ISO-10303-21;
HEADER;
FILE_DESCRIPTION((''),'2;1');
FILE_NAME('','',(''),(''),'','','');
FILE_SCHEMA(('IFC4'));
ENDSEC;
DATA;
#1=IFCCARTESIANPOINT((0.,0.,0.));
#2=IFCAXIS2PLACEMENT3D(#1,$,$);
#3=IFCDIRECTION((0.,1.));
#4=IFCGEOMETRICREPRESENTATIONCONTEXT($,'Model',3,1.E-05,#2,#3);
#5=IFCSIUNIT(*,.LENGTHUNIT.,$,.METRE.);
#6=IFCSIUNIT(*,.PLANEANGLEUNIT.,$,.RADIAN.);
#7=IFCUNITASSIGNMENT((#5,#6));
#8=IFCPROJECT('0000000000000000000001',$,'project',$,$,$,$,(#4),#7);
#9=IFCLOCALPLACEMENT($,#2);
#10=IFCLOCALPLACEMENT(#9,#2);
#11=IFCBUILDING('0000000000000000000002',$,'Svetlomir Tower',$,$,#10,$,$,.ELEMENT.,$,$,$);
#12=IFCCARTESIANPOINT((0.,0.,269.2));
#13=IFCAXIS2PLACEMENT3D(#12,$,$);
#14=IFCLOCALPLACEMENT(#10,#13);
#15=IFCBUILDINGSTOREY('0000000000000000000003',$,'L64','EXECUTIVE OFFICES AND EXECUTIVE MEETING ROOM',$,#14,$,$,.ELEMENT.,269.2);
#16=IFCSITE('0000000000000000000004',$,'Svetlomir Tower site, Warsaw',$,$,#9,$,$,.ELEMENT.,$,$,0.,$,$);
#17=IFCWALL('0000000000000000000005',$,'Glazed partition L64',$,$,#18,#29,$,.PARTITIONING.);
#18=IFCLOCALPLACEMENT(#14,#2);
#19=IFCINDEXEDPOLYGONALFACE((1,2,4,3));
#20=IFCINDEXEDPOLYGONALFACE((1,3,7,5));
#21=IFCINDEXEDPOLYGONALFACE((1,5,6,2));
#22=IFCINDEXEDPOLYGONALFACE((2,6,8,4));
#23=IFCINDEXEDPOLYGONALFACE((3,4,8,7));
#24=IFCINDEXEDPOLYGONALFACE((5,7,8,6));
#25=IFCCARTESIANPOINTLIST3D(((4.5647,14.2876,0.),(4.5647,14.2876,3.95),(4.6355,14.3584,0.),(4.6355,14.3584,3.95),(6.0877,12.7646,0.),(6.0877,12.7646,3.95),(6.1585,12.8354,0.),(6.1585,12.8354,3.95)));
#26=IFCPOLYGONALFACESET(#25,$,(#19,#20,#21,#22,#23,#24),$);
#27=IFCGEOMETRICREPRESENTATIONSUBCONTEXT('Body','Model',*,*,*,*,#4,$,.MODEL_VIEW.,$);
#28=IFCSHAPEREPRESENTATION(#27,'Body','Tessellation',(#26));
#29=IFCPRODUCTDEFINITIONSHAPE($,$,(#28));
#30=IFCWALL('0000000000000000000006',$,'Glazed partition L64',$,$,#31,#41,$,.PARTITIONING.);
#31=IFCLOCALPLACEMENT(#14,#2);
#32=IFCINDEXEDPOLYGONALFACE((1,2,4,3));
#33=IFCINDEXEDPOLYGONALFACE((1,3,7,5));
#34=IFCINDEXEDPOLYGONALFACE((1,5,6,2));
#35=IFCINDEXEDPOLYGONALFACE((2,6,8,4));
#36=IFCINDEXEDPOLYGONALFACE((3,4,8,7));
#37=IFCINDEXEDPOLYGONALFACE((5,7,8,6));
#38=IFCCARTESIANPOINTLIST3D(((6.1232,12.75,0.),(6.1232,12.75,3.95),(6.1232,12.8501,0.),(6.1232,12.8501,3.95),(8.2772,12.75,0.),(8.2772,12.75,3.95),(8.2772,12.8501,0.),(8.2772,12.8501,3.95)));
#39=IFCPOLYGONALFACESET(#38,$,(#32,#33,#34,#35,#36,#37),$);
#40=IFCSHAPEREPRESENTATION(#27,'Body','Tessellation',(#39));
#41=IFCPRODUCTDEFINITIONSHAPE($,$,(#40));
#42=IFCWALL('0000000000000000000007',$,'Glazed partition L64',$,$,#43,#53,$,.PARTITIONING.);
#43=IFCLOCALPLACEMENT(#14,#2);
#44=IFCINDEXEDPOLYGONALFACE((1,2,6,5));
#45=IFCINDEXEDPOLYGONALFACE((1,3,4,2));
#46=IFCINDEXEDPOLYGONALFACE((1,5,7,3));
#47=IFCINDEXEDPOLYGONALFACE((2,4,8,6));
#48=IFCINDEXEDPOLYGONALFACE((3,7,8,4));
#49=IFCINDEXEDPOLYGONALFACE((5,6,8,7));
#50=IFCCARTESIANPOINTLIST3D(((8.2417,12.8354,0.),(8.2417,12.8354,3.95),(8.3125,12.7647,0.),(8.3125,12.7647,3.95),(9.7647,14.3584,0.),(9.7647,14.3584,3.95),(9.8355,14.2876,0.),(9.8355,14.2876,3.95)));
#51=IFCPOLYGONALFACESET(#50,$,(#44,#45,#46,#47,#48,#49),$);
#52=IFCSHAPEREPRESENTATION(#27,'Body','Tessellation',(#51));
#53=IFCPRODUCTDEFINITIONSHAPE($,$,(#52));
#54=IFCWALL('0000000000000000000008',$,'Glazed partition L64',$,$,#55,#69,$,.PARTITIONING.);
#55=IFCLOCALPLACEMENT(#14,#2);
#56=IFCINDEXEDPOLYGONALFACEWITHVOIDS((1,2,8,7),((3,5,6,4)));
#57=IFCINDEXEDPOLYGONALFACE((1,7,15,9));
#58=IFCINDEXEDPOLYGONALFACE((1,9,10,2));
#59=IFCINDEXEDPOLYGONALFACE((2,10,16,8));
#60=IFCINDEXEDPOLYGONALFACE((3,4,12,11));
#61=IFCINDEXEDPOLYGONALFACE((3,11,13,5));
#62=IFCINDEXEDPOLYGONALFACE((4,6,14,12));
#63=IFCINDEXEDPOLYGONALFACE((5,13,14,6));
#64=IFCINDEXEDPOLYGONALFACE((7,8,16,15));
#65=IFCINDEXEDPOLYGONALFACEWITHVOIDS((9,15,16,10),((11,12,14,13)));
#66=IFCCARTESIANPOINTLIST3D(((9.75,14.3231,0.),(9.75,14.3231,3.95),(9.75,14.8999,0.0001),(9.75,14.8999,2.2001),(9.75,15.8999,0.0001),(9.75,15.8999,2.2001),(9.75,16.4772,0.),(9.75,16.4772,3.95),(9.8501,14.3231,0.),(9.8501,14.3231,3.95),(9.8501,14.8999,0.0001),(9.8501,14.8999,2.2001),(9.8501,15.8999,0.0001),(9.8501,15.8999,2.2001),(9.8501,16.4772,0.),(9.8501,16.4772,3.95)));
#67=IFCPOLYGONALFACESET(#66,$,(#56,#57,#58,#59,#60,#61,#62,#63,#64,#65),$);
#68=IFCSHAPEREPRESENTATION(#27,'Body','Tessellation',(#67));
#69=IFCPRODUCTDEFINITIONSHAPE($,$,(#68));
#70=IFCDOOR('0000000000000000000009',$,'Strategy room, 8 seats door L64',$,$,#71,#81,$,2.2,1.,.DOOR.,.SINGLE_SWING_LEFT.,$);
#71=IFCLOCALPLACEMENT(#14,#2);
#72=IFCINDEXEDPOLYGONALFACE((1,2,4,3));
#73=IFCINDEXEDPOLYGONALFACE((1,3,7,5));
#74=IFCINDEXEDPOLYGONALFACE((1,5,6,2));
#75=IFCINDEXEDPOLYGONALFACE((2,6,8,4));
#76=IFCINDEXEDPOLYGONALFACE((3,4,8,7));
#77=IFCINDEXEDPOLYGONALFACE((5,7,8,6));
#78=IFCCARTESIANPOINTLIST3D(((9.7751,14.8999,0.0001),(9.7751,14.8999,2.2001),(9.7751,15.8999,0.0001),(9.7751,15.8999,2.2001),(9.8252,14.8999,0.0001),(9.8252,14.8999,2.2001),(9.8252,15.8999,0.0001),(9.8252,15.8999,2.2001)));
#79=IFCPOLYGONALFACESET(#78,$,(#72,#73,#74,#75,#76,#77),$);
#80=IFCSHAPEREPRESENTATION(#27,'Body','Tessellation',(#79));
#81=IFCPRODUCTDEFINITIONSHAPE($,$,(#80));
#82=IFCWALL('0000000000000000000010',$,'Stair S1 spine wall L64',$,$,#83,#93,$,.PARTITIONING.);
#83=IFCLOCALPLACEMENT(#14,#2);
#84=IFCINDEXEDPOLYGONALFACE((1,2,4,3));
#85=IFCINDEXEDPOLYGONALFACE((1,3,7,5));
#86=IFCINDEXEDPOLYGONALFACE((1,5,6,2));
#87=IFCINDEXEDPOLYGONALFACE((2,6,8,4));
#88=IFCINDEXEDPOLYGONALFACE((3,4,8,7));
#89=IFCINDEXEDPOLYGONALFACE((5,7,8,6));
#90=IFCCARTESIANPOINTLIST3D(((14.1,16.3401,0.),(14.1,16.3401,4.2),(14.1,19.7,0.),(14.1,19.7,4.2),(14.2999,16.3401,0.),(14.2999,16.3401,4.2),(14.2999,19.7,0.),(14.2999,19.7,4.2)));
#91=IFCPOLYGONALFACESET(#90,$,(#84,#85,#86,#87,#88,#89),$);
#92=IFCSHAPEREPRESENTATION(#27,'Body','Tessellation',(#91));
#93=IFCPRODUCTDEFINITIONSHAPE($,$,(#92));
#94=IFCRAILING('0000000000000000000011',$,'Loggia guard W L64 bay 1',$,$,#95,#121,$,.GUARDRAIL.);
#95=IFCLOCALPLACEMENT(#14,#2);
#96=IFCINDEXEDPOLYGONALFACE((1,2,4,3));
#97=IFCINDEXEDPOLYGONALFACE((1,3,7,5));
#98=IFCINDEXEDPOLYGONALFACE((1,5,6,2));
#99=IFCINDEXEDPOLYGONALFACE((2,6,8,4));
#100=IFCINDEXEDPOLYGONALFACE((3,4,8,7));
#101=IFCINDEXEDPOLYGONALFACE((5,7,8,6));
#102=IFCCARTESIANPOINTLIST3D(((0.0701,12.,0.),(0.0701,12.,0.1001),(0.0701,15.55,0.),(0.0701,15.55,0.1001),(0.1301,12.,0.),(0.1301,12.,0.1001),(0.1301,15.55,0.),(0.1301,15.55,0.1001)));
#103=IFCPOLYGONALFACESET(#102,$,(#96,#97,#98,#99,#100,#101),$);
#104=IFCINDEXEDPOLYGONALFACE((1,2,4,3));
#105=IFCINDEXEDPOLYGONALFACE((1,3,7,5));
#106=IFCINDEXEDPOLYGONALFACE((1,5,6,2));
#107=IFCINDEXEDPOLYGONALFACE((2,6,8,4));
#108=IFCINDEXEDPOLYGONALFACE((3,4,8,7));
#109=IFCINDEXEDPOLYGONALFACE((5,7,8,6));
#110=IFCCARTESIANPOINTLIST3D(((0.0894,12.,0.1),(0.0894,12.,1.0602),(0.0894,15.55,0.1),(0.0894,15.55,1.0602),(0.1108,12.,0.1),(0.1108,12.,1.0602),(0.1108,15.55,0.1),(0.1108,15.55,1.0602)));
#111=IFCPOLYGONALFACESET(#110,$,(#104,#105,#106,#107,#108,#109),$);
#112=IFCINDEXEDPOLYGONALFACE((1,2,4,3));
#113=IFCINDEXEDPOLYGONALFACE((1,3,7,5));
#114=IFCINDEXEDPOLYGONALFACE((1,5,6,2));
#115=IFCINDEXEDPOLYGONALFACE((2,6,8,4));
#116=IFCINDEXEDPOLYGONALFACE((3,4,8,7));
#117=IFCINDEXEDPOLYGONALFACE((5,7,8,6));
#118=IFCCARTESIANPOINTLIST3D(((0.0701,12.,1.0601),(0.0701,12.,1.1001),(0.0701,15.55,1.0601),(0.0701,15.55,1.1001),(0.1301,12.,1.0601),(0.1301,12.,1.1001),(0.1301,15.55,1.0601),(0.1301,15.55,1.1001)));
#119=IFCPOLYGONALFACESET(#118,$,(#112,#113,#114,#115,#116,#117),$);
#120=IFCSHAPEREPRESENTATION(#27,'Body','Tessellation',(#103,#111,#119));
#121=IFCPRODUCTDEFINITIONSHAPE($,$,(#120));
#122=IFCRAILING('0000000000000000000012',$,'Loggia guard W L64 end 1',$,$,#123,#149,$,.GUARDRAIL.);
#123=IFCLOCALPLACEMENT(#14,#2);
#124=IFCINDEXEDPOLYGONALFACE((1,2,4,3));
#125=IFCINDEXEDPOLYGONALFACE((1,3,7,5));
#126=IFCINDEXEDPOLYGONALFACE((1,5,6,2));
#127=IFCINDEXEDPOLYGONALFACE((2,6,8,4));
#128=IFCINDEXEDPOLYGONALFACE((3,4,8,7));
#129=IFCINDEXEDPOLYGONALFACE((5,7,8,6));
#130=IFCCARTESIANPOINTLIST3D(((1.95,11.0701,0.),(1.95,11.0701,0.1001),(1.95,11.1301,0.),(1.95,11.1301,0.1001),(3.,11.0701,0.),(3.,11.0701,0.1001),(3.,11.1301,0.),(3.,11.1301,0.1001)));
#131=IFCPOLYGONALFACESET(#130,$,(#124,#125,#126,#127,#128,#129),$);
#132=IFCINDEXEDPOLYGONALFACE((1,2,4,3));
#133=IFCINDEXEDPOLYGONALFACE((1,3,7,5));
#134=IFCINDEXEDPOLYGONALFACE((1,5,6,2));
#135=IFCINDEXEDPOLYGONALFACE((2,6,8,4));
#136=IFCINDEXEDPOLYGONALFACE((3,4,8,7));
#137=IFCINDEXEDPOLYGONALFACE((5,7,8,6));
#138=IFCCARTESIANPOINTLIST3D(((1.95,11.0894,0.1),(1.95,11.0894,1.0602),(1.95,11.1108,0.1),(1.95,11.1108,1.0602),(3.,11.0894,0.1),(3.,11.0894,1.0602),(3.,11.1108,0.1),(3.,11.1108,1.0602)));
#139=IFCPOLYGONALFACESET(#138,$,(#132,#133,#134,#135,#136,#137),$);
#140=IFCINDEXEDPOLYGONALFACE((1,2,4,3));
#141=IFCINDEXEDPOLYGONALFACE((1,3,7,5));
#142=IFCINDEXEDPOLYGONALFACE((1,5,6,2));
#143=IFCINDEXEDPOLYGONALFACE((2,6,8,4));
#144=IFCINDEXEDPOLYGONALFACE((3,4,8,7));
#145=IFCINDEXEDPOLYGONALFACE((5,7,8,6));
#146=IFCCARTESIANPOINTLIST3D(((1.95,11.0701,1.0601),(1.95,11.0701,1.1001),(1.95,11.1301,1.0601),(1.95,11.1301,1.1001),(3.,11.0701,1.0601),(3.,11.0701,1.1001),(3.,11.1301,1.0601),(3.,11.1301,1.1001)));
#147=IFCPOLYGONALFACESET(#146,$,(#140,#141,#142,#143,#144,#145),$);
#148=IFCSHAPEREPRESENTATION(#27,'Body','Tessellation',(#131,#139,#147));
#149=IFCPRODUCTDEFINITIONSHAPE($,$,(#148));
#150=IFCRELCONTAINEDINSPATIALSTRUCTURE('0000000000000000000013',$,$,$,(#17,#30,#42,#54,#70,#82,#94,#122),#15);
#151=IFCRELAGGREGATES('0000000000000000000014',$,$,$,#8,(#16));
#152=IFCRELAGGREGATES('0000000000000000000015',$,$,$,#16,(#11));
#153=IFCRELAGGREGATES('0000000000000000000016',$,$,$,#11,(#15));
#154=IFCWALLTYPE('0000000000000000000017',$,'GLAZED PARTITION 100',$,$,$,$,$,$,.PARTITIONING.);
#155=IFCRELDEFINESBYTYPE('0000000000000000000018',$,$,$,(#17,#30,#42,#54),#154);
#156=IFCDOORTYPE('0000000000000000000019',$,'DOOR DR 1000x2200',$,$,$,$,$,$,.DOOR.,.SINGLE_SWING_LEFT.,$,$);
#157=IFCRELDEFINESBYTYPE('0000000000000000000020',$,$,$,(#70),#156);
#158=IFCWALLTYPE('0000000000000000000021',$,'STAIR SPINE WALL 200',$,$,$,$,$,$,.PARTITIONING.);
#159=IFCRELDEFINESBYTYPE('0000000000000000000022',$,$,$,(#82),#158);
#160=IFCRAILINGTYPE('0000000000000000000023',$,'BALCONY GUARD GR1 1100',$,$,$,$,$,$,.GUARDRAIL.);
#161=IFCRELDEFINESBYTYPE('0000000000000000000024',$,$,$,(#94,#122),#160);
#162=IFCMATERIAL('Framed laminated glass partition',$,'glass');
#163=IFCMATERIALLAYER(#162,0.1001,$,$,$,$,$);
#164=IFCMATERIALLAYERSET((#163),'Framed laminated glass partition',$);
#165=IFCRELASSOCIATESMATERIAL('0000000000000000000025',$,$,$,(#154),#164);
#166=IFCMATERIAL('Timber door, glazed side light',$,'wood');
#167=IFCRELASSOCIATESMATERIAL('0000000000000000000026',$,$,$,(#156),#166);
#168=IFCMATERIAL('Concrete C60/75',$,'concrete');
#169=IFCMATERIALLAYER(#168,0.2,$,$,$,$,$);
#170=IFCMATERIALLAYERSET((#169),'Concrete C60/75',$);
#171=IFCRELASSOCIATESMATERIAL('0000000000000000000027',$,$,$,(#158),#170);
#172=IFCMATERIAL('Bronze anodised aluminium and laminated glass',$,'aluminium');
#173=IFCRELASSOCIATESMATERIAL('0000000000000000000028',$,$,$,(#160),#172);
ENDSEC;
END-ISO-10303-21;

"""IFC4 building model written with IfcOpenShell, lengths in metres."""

from ifc_helpers import new_model, si_unit, direction, frame, frame_2d, origin, origin_2d, place, context, subcontext, project, spatial, rectangle, extrude, material, layer, layer_set, type_object, element, fill, save


model = new_model("IFC4")

# Units and contexts
model_context = context("Model", 3, precision=1e-05, world=origin(), true_north=direction((0.0, 1.0)))
body_context = subcontext(model_context, "Body", "Model", "MODEL_VIEW")
ifc_project = project(units=[si_unit("LENGTHUNIT", "METRE"), si_unit("PLANEANGLEUNIT", "RADIAN")], contexts=[model_context])

# Site, building, storey
site_placement = place(None, origin())
site = spatial("IfcSite", under=ifc_project, at=site_placement, Name="Svetlomir Tower site, Warsaw", CompositionType="ELEMENT", RefElevation=0.0)
building_placement = place(site_placement, origin())
building = spatial("IfcBuilding", under=site, at=building_placement, Name="Svetlomir Tower", CompositionType="ELEMENT")
storey_placement = place(building_placement, frame((0.0, 0.0, 269.2)))
storey = spatial("IfcBuildingStorey", under=building, at=storey_placement, Name="L64", Description="EXECUTIVE OFFICES AND EXECUTIVE MEETING ROOM", CompositionType="ELEMENT", Elevation=269.2)

# Walls
ifc_material_1 = material(Name="Framed laminated glass partition", Category="glass")
ifc_layer_1 = layer(ifc_material_1, 0.1001)
ifc_layer_set_1 = layer_set([ifc_layer_1], Name="Framed laminated glass partition")
wall_type_1 = type_object("IfcWallType", Name="GLAZED PARTITION 100", PredefinedType="PARTITIONING", material=ifc_layer_set_1)
wall_1_placement = place(storey_placement, frame((4.6001, 14.323, 0.0), z_axis=(0.0, 0.0, 1.0), x_axis=(0.707107, -0.707107, 0.0)))
element("IfcWall", 1, at=wall_1_placement, inside=storey, type_object=wall_type_1, Name="Glazed partition L64", PredefinedType="PARTITIONING", context=body_context, shape_type="SweptSolid", body=[
    extrude(rectangle(XDim=2.1538, YDim=0.1001, at=frame_2d((1.0769, 0.0))), origin(), (0.0, 0.0, 1.0), 3.95),
])
wall_2_placement = place(storey_placement, frame((6.123, 12.8, 0.0), z_axis=(0.0, 0.0, 1.0), x_axis=(1.0, 0.0, 0.0)))
element("IfcWall", 2, at=wall_2_placement, inside=storey, type_object=wall_type_1, Name="Glazed partition L64", PredefinedType="PARTITIONING", context=body_context, shape_type="SweptSolid", body=[
    extrude(rectangle(XDim=2.1541, YDim=0.1001, at=frame_2d((1.0771, 0.0))), origin(), (0.0, 0.0, 1.0), 3.95),
])
wall_3_placement = place(storey_placement, frame((8.2771, 12.8, 0.0), z_axis=(0.0, 0.0, 1.0), x_axis=(0.707107, 0.707107, 0.0)))
element("IfcWall", 3, at=wall_3_placement, inside=storey, type_object=wall_type_1, Name="Glazed partition L64", PredefinedType="PARTITIONING", context=body_context, shape_type="SweptSolid", body=[
    extrude(rectangle(XDim=2.1538, YDim=0.1001, at=frame_2d((1.0769, 0.0))), origin(), (0.0, 0.0, 1.0), 3.95),
])

# Wall, opening, door
wall_4_placement = place(storey_placement, frame((9.8, 14.323, 0.0), z_axis=(0.0, 0.0, 1.0), x_axis=(0.0, 1.0, 0.0)))
wall_4 = element("IfcWall", 4, at=wall_4_placement, inside=storey, type_object=wall_type_1, Name="Glazed partition L64", PredefinedType="PARTITIONING", context=body_context, shape_type="SweptSolid", body=[
    extrude(rectangle(XDim=2.1541, YDim=0.1001, at=frame_2d((1.0771, 0.0))), origin(), (0.0, 0.0, 1.0), 3.95),
])
opening_1_placement = place(wall_4_placement, frame((0.5769, 0.0, 0.0)))
opening_1 = element("IfcOpeningElement", 5, at=opening_1_placement, cuts=wall_4, PredefinedType="OPENING", context=body_context, shape_type="SweptSolid", body=[
    extrude(rectangle(XDim=1.0, YDim=2.2, at=frame_2d((0.5, 1.1001))), frame((0.0, 0.0601, 0.0), z_axis=(0.0, -1.0, 0.0), x_axis=(1.0, 0.0, 0.0)), (0.0, 0.0, 1.0), 0.1201),
])
ifc_material_2 = material(Name="Timber door, glazed side light", Category="wood")
door_type_1 = type_object("IfcDoorType", Name="DOOR DR 1000x2200", OperationType="SINGLE_SWING_LEFT", PredefinedType="DOOR", material=ifc_material_2)
door_1_placement = place(opening_1_placement, origin())
door_1 = element("IfcDoor", 6, at=door_1_placement, inside=storey, type_object=door_type_1, Name="Strategy room, 8 seats door L64", OperationType="SINGLE_SWING_LEFT", OverallHeight=2.2, OverallWidth=1.0, PredefinedType="DOOR", context=body_context, shape_type="SweptSolid", body=[
    extrude(rectangle(XDim=1.0, YDim=2.2, at=frame_2d((0.5, 1.1001))), frame((0.0, 0.0249, 0.0), z_axis=(0.0, -1.0, 0.0), x_axis=(1.0, 0.0, 0.0)), (0.0, 0.0, 1.0), 0.05),
])
fill(opening_1, door_1)

# Wall
ifc_material_3 = material(Name="Concrete C60/75", Category="concrete")
ifc_layer_2 = layer(ifc_material_3, 0.2)
ifc_layer_set_2 = layer_set([ifc_layer_2], Name="Concrete C60/75")
wall_type_2 = type_object("IfcWallType", Name="STAIR SPINE WALL 200", PredefinedType="PARTITIONING", material=ifc_layer_set_2)
wall_5_placement = place(storey_placement, frame((14.2, 16.3401, 0.0), z_axis=(0.0, 0.0, 1.0), x_axis=(0.0, 1.0, 0.0)))
element("IfcWall", 7, at=wall_5_placement, inside=storey, type_object=wall_type_2, Name="Stair S1 spine wall L64", PredefinedType="PARTITIONING", context=body_context, shape_type="SweptSolid", body=[
    extrude(rectangle(XDim=3.3599, YDim=0.2, at=frame_2d((1.6799, 0.0))), origin(), (0.0, 0.0, 1.0), 4.2),
])

# Railings
ifc_material_4 = material(Name="Bronze anodised aluminium and laminated glass", Category="aluminium")
railing_type = type_object("IfcRailingType", Name="BALCONY GUARD GR1 1100", PredefinedType="GUARDRAIL", material=ifc_material_4)
railing_1_placement = place(storey_placement, frame((0.1001, 12.0, 0.0)))
element("IfcRailing", 8, at=railing_1_placement, inside=storey, type_object=railing_type, Name="Loggia guard W L64 bay 1", PredefinedType="GUARDRAIL", context=body_context, shape_type="SweptSolid", body=[
    extrude(rectangle(XDim=0.0601, YDim=0.1001, at=origin_2d()), frame((0.0, 0.0, 0.05), z_axis=(0.0, 1.0, 0.0), x_axis=(-1.0, 0.0, 0.0)), (0.0, 0.0, 1.0), 3.55),
    extrude(rectangle(XDim=0.0215, YDim=0.9602, at=origin_2d()), frame((0.0, 0.0, 0.5801), z_axis=(0.0, 1.0, 0.0), x_axis=(-1.0, 0.0, 0.0)), (0.0, 0.0, 1.0), 3.55),
    extrude(rectangle(XDim=0.0601, YDim=0.04, at=origin_2d()), frame((0.0, 0.0, 1.0801), z_axis=(0.0, 1.0, 0.0), x_axis=(-1.0, 0.0, 0.0)), (0.0, 0.0, 1.0), 3.55),
])
railing_2_placement = place(storey_placement, frame((1.95, 11.1001, 0.0)))
element("IfcRailing", 9, at=railing_2_placement, inside=storey, type_object=railing_type, Name="Loggia guard W L64 end 1", PredefinedType="GUARDRAIL", context=body_context, shape_type="SweptSolid", body=[
    extrude(rectangle(XDim=0.0601, YDim=0.1001, at=origin_2d()), frame((0.0, 0.0, 0.05), z_axis=(1.0, 0.0, 0.0), x_axis=(0.0, 1.0, 0.0)), (0.0, 0.0, 1.0), 1.05),
    extrude(rectangle(XDim=0.0215, YDim=0.9602, at=origin_2d()), frame((0.0, 0.0, 0.5801), z_axis=(1.0, 0.0, 0.0), x_axis=(0.0, 1.0, 0.0)), (0.0, 0.0, 1.0), 1.05),
    extrude(rectangle(XDim=0.0601, YDim=0.04, at=origin_2d()), frame((0.0, 0.0, 1.0801), z_axis=(1.0, 0.0, 0.0), x_axis=(0.0, 1.0, 0.0)), (0.0, 0.0, 1.0), 1.05),
])

save(model, "model.ifc")
